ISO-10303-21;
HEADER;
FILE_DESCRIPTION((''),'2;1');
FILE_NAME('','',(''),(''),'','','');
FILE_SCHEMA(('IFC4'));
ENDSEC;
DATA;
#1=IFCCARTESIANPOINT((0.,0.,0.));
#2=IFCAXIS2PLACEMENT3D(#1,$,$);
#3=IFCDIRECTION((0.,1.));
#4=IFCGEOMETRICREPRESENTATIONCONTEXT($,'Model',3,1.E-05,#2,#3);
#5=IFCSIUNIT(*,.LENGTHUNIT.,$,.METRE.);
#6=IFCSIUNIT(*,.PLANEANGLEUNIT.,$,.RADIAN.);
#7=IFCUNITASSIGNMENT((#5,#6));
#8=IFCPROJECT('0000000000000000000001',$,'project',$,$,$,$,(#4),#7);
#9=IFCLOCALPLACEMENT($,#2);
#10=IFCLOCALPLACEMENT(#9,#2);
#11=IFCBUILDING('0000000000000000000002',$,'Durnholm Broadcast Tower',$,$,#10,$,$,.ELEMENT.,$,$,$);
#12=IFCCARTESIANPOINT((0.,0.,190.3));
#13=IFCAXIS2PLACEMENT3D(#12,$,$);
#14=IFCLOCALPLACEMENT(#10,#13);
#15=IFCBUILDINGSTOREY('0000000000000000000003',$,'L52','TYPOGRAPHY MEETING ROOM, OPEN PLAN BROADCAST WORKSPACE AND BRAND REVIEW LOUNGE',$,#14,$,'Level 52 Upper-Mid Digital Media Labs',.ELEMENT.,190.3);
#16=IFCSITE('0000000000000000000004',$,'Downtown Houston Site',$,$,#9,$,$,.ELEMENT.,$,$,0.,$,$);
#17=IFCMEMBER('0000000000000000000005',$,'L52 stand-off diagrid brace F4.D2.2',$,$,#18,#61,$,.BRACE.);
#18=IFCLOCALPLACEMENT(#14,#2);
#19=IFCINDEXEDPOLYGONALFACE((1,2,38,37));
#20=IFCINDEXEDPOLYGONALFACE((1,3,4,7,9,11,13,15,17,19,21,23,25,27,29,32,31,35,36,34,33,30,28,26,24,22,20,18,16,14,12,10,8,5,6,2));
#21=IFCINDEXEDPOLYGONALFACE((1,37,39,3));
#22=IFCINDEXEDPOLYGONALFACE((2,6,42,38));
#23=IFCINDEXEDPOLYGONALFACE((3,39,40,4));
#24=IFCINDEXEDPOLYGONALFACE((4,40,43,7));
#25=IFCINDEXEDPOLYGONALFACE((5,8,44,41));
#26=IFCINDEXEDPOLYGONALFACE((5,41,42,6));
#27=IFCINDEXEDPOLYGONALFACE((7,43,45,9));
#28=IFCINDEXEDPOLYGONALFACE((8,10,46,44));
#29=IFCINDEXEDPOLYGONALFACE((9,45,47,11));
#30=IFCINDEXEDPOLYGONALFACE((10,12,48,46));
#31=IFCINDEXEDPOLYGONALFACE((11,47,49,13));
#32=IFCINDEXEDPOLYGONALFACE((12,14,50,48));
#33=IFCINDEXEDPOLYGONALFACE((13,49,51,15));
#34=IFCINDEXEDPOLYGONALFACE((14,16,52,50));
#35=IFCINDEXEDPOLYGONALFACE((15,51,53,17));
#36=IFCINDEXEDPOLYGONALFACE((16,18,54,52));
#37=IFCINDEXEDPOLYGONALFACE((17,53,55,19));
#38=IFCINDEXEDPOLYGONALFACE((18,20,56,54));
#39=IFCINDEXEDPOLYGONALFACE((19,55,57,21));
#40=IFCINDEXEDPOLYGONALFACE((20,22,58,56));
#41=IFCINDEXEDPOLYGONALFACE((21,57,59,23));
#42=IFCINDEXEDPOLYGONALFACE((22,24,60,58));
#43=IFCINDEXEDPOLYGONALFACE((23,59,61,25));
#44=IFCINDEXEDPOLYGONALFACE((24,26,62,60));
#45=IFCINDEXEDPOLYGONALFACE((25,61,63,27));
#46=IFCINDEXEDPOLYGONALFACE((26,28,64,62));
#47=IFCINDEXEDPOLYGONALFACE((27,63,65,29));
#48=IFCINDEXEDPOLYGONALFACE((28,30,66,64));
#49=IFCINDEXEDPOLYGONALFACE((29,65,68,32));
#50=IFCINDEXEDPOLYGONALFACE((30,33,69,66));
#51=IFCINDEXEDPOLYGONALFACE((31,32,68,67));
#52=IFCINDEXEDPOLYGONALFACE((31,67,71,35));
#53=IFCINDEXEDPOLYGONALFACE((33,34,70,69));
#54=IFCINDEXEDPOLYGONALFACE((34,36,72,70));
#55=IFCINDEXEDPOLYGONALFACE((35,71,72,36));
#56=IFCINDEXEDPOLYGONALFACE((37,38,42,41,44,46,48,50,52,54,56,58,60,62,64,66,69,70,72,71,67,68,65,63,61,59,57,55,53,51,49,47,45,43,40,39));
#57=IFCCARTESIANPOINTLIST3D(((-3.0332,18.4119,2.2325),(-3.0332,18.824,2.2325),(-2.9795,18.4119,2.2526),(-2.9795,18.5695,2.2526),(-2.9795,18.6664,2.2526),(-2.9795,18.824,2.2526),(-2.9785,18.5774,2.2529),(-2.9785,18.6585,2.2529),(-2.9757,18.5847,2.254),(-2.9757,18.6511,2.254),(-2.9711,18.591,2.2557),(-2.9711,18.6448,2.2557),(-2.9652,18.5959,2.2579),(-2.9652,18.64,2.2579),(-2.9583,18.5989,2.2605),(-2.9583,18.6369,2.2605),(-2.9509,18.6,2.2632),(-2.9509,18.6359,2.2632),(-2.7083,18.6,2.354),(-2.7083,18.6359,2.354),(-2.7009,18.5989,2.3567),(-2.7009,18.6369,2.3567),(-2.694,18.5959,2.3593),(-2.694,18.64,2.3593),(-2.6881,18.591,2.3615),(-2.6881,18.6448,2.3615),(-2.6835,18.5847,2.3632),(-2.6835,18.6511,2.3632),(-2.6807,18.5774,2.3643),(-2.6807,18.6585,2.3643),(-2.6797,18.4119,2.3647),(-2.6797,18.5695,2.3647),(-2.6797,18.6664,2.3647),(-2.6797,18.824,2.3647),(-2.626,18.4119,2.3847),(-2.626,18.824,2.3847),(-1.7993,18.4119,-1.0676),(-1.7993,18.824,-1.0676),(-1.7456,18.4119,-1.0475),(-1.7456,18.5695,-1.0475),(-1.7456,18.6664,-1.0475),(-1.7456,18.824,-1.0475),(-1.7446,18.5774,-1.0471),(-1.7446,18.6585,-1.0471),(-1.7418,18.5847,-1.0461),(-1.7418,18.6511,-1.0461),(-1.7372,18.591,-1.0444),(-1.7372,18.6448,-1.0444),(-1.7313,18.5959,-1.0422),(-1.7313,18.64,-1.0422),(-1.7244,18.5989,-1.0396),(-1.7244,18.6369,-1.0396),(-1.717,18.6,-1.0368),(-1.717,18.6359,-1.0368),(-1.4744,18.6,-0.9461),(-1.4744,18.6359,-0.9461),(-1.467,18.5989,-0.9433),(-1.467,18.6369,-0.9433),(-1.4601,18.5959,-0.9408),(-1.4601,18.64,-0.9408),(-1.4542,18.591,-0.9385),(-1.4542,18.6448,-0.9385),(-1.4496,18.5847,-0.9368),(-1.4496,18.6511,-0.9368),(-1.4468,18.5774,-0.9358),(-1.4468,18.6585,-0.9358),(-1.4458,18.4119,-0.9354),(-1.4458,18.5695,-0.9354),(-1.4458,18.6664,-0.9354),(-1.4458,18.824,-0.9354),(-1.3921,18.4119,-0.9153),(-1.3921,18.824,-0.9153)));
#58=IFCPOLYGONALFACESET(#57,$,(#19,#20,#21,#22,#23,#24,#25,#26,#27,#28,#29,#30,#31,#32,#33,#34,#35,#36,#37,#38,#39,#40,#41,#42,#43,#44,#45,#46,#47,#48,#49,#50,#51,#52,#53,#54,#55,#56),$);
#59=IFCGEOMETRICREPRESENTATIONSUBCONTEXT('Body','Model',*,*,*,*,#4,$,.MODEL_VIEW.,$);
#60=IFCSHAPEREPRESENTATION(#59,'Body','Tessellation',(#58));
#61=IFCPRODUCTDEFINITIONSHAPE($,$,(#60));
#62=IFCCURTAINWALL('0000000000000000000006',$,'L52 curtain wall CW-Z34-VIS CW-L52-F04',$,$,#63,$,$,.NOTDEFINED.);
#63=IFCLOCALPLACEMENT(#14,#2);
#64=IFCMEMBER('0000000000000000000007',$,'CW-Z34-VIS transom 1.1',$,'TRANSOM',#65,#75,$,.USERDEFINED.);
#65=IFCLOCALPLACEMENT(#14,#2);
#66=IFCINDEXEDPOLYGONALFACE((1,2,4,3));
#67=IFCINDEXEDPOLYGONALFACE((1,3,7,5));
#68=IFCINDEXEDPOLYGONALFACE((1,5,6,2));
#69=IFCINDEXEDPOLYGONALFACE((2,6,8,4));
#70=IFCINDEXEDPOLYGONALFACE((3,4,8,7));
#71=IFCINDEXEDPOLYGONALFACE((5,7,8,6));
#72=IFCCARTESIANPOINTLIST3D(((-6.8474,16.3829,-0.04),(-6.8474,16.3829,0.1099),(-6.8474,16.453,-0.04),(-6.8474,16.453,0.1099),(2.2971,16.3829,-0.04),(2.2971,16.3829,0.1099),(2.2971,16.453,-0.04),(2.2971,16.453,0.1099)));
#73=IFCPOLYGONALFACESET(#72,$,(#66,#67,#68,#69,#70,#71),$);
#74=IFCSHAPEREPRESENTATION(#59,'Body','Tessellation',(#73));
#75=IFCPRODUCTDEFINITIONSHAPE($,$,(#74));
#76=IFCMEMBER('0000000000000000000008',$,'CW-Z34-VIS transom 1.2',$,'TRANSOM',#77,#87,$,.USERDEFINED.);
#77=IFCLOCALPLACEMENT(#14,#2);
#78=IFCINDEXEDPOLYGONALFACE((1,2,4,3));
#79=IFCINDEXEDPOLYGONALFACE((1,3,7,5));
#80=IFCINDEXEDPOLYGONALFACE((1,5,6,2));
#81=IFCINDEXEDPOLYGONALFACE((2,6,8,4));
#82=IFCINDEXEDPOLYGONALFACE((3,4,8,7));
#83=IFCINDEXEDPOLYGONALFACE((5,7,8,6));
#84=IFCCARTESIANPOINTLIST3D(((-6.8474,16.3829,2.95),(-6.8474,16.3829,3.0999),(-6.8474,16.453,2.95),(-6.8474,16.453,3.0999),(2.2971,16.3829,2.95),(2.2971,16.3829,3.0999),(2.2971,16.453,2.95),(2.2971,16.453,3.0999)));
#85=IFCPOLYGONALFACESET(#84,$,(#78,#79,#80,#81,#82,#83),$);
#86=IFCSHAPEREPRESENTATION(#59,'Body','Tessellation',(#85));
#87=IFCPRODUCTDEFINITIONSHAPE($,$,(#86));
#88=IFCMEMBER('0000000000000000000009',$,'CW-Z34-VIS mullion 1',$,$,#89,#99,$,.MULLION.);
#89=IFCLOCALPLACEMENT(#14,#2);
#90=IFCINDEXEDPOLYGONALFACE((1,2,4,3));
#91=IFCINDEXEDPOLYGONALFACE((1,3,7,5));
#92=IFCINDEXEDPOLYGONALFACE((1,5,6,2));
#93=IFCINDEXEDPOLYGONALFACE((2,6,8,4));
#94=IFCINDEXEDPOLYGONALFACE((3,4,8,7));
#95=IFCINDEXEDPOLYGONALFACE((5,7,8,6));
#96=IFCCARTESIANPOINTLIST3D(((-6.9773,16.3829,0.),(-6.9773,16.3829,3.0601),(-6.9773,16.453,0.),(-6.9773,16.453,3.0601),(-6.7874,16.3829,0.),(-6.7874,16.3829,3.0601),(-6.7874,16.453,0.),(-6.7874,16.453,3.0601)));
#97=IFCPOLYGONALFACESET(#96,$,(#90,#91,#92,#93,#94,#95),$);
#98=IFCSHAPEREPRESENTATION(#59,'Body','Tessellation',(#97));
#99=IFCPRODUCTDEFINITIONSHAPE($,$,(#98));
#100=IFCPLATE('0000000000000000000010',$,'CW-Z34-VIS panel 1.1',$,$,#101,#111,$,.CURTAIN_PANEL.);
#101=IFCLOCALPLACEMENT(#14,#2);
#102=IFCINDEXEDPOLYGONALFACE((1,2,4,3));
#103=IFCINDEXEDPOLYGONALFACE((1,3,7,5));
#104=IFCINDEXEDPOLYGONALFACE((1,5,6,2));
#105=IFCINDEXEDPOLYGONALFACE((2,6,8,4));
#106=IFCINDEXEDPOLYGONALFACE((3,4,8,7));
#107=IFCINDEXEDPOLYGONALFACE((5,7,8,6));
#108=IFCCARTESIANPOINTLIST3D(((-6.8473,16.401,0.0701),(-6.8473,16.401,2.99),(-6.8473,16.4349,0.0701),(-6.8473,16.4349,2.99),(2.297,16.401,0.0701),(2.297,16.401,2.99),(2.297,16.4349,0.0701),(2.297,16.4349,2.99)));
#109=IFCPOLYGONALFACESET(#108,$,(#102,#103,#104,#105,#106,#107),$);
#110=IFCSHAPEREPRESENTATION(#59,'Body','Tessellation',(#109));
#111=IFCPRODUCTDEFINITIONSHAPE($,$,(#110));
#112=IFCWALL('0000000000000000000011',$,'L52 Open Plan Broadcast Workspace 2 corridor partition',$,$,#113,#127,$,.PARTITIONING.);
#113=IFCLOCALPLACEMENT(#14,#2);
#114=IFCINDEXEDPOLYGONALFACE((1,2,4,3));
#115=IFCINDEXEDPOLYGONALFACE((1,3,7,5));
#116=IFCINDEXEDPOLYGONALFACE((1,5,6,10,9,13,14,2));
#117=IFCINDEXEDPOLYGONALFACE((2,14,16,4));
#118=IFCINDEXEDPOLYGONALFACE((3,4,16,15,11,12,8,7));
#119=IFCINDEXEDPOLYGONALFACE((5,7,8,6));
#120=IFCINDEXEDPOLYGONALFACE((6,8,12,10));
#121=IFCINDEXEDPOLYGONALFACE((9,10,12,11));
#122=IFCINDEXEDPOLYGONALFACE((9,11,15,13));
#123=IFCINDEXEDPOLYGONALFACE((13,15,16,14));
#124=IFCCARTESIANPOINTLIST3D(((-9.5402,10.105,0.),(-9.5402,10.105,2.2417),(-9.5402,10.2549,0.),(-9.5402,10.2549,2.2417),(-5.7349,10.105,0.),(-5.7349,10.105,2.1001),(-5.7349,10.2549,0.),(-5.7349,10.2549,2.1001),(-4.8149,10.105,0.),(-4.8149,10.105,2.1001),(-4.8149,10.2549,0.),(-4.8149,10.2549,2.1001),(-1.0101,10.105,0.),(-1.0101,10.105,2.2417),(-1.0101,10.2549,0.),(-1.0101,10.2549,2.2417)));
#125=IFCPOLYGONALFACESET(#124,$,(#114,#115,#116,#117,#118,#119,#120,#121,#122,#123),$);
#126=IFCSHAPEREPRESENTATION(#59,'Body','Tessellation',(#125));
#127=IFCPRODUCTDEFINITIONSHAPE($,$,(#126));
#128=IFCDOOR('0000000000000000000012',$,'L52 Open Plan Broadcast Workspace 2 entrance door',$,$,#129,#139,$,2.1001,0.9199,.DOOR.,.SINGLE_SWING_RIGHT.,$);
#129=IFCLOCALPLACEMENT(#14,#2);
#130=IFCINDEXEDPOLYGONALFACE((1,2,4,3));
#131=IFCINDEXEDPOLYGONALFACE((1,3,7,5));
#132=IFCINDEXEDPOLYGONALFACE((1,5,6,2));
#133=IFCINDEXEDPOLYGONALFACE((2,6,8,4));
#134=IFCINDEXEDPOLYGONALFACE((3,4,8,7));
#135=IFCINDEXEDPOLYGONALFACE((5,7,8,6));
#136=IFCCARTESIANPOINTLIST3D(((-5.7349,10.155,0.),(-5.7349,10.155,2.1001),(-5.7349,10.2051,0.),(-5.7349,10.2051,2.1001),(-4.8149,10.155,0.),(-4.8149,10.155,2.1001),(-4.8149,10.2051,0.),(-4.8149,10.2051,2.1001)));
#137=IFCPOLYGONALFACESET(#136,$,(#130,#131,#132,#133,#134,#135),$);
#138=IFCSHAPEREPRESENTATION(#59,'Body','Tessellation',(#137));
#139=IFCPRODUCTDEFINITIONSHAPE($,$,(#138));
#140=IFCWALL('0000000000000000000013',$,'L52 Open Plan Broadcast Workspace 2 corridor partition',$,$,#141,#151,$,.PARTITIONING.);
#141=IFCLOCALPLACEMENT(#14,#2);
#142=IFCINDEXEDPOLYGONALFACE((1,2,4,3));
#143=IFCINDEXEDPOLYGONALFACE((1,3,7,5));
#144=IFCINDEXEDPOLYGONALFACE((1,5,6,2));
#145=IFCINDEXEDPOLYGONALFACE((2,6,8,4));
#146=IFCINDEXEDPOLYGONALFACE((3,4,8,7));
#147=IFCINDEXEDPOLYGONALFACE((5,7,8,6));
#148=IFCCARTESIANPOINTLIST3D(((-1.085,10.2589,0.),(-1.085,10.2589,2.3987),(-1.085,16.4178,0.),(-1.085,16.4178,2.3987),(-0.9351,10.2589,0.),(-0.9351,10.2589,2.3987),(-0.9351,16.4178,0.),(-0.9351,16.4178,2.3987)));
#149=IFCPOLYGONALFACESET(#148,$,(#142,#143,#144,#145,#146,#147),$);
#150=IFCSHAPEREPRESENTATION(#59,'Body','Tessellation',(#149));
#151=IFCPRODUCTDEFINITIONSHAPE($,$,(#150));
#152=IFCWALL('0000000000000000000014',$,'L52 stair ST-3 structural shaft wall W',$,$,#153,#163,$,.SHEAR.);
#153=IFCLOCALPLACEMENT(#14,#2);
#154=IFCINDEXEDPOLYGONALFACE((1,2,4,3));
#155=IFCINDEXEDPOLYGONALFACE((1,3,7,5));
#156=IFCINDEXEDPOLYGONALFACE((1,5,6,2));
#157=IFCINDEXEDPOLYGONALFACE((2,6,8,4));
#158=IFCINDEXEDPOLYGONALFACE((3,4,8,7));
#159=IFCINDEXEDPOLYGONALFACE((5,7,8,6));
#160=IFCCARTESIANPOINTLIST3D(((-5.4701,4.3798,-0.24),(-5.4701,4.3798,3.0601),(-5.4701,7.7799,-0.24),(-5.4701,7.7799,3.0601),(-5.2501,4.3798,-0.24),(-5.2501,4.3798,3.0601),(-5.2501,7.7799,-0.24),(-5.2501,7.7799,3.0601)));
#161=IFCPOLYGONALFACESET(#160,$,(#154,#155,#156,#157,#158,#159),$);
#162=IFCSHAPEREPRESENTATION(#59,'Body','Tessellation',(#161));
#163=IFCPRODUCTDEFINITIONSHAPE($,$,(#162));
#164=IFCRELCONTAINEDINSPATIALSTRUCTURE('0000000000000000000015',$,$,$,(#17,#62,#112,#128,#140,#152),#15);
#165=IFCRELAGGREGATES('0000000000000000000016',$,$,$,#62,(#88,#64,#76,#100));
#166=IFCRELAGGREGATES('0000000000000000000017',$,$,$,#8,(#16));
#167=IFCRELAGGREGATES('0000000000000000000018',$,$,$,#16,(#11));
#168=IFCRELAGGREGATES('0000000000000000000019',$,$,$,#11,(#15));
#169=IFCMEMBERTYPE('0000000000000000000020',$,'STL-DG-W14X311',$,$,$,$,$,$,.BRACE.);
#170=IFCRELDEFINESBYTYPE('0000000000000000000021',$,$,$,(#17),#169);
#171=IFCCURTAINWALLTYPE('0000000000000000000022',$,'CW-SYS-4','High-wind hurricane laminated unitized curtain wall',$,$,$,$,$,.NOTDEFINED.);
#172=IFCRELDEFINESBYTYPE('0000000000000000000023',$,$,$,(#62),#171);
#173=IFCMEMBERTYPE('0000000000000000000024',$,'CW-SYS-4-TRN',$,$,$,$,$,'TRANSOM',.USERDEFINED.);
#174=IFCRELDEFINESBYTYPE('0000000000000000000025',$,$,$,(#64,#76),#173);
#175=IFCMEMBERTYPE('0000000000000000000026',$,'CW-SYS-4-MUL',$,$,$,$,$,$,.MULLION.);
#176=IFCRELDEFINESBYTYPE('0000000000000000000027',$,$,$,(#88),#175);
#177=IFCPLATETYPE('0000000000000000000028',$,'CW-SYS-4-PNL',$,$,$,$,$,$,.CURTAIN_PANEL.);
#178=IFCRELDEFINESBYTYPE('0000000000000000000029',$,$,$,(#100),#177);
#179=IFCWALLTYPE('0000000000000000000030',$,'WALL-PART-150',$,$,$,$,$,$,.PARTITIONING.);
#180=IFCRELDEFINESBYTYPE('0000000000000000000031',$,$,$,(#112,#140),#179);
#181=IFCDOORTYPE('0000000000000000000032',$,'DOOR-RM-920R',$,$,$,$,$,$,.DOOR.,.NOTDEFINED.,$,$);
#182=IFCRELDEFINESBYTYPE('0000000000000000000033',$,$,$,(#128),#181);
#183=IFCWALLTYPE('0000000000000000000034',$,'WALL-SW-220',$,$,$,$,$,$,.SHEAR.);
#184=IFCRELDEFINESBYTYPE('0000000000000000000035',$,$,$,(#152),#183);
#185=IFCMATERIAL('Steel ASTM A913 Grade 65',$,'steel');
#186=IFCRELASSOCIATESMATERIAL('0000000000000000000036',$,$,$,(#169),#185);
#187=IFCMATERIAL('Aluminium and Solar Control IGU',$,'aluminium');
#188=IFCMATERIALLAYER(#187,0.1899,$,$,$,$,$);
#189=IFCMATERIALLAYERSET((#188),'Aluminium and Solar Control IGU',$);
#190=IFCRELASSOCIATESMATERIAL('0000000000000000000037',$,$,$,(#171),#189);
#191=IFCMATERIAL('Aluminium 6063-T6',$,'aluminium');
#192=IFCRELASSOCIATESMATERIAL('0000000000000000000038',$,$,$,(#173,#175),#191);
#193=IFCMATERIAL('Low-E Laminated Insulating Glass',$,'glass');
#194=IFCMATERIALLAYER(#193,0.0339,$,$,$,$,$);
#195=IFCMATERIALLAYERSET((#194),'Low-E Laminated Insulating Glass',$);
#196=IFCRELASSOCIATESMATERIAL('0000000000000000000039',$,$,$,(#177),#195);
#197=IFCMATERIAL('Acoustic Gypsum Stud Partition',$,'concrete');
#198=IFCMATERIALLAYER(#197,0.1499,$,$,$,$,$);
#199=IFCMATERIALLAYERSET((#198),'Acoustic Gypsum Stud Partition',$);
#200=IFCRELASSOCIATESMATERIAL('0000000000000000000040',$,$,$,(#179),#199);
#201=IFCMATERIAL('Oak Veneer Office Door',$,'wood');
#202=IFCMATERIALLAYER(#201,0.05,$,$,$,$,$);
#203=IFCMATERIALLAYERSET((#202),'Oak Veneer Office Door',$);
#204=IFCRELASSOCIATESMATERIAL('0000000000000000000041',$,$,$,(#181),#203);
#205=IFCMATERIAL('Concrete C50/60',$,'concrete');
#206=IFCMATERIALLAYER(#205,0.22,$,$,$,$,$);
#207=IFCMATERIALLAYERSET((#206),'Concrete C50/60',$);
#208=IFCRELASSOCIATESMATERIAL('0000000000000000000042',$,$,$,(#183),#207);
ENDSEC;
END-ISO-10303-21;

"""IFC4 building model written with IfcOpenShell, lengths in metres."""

from ifc_helpers import new_model, si_unit, direction, frame, frame_2d, origin, origin_2d, place, context, subcontext, project, spatial, rectangle, i_section, extrude, source, transform, mapped, material, layer, layer_set, material_profile, profile_set, type_object, type_shapes, element, fill, aggregate, save


model = new_model("IFC4")

# Units and contexts
model_context = context("Model", 3, precision=1e-05, world=origin(), true_north=direction((0.0, 1.0)))
body_context = subcontext(model_context, "Body", "Model", "MODEL_VIEW")
ifc_project = project(units=[si_unit("LENGTHUNIT", "METRE"), si_unit("PLANEANGLEUNIT", "RADIAN")], contexts=[model_context])

# Site, building, storey
site_placement = place(None, origin())
site = spatial("IfcSite", under=ifc_project, at=site_placement, Name="Downtown Houston Site", CompositionType="ELEMENT", RefElevation=0.0)
building_placement = place(site_placement, origin())
building = spatial("IfcBuilding", under=site, at=building_placement, Name="Durnholm Broadcast Tower", CompositionType="ELEMENT")
storey_placement = place(building_placement, frame((0.0, 0.0, 190.3)))
storey = spatial("IfcBuildingStorey", under=building, at=storey_placement, Name="L52", Description="TYPOGRAPHY MEETING ROOM, OPEN PLAN BROADCAST WORKSPACE AND BRAND REVIEW LOUNGE", LongName="Level 52 Upper-Mid Digital Media Labs", CompositionType="ELEMENT", Elevation=190.3)

# Member
ifc_material_1 = material(Name="Steel ASTM A913 Grade 65", Category="steel")
ifc_material_profile_1 = material_profile(ifc_material_1, i_section(OverallWidth=0.4121, OverallDepth=0.4348, WebThickness=0.0359, FlangeThickness=0.0574, FilletRadius=0.0305, at=origin_2d()), Name="W14X311")
ifc_profile_set_1 = profile_set([ifc_material_profile_1], Name="Steel ASTM A913 Grade 65")
member_type_1 = type_object("IfcMemberType", Name="STL-DG-W14X311", PredefinedType="BRACE", material=ifc_profile_set_1)
shared_shape_1 = source(origin(), body_context, "Body", "SweptSolid", [
    extrude(i_section(OverallWidth=0.4121, OverallDepth=0.4348, WebThickness=0.0359, FlangeThickness=0.0574, FilletRadius=0.0305, at=origin_2d()), origin(), (0.0, 0.0, 1.0), 3.5232),
])
type_shapes(member_type_1, [shared_shape_1])
for number, where, z_axis, x_axis, name in (
    (1, (-1.5957, 18.6179, -0.9915), (-0.35022, 0.0, 0.936668), (0.0, -1.0, 0.0), "L52 stand-off diagrid brace F4.D2.2"),
):
    element("IfcMember", number, at=place(storey_placement, frame(where, z_axis=z_axis, x_axis=x_axis)), inside=storey, type_object=member_type_1, Name=name, PredefinedType="BRACE", context=body_context, shape_type="MappedRepresentation", body=[
        mapped(shared_shape_1, transform((0.0, 0.0, 0.0), x_axis=(1.0, 0.0, 0.0), y_axis=(0.0, 1.0, 0.0), z_axis=(0.0, 0.0, 1.0), scale=1.0)),
    ])

# Curtain wall, members, plate
ifc_material_2 = material(Name="Aluminium and Solar Control IGU", Category="aluminium")
ifc_layer_1 = layer(ifc_material_2, 0.1899)
ifc_layer_set_1 = layer_set([ifc_layer_1], Name="Aluminium and Solar Control IGU")
curtain_wall_type = type_object("IfcCurtainWallType", Name="CW-SYS-4", Description="High-wind hurricane laminated unitized curtain wall", PredefinedType="NOTDEFINED", material=ifc_layer_set_1)
curtain_wall_placement = place(storey_placement, origin())
curtain_wall = element("IfcCurtainWall", 2, at=curtain_wall_placement, inside=storey, type_object=curtain_wall_type, Name="L52 curtain wall CW-Z34-VIS CW-L52-F04", PredefinedType="NOTDEFINED")
ifc_material_3 = material(Name="Aluminium 6063-T6", Category="aluminium")
ifc_material_profile_2 = material_profile(ifc_material_3, rectangle(XDim=0.0701, YDim=0.1499, at=origin_2d()), Name="CWT70X150")
ifc_profile_set_2 = profile_set([ifc_material_profile_2], Name="Aluminium 6063-T6")
member_type_2 = type_object("IfcMemberType", Name="CW-SYS-4-TRN", ElementType="TRANSOM", PredefinedType="USERDEFINED", material=ifc_profile_set_2)
shared_shape_2 = source(origin(), body_context, "Body", "SweptSolid", [
    extrude(rectangle(XDim=0.0701, YDim=0.1499, at=origin_2d()), origin(), (0.0, 0.0, 1.0), 9.1445),
])
type_shapes(member_type_2, [shared_shape_2])
member_1_placement = place(storey_placement, frame((-6.8474, 16.418, 0.0349), z_axis=(1.0, 0.0, 0.0), x_axis=(0.0, 1.0, 0.0)))
member_1 = element("IfcMember", 3, at=member_1_placement, type_object=member_type_2, Name="CW-Z34-VIS transom 1.1", ObjectType="TRANSOM", PredefinedType="USERDEFINED", context=body_context, shape_type="MappedRepresentation", body=[
    mapped(shared_shape_2, transform((0.0, 0.0, 0.0), x_axis=(1.0, 0.0, 0.0), y_axis=(0.0, 1.0, 0.0), z_axis=(0.0, 0.0, 1.0), scale=1.0)),
])
member_2_placement = place(storey_placement, frame((-6.8474, 16.418, 3.0249), z_axis=(1.0, 0.0, 0.0), x_axis=(0.0, 1.0, 0.0)))
member_2 = element("IfcMember", 4, at=member_2_placement, type_object=member_type_2, Name="CW-Z34-VIS transom 1.2", ObjectType="TRANSOM", PredefinedType="USERDEFINED", context=body_context, shape_type="MappedRepresentation", body=[
    mapped(shared_shape_2, transform((0.0, 0.0, 0.0), x_axis=(1.0, 0.0, 0.0), y_axis=(0.0, 1.0, 0.0), z_axis=(0.0, 0.0, 1.0), scale=1.0)),
])
ifc_material_profile_3 = material_profile(ifc_material_3, rectangle(XDim=0.0701, YDim=0.1899, at=origin_2d()), Name="CWM70X190")
ifc_profile_set_3 = profile_set([ifc_material_profile_3], Name="Aluminium 6063-T6")
member_type_3 = type_object("IfcMemberType", Name="CW-SYS-4-MUL", PredefinedType="MULLION", material=ifc_profile_set_3)
shared_shape_3 = source(origin(), body_context, "Body", "SweptSolid", [
    extrude(rectangle(XDim=0.0701, YDim=0.1899, at=origin_2d()), origin(), (0.0, 0.0, 1.0), 3.0601),
])
type_shapes(member_type_3, [shared_shape_3])
member_3_placement = place(storey_placement, frame((-6.8823, 16.418, 0.0), z_axis=(0.0, 0.0, 1.0), x_axis=(0.0, 1.0, 0.0)))
member_3 = element("IfcMember", 5, at=member_3_placement, type_object=member_type_3, Name="CW-Z34-VIS mullion 1", PredefinedType="MULLION", context=body_context, shape_type="MappedRepresentation", body=[
    mapped(shared_shape_3, transform((0.0, 0.0, 0.0), x_axis=(1.0, 0.0, 0.0), y_axis=(0.0, 1.0, 0.0), z_axis=(0.0, 0.0, 1.0), scale=1.0)),
])
ifc_material_4 = material(Name="Low-E Laminated Insulating Glass", Category="glass")
ifc_layer_2 = layer(ifc_material_4, 0.0339)
ifc_layer_set_2 = layer_set([ifc_layer_2], Name="Low-E Laminated Insulating Glass")
plate_type = type_object("IfcPlateType", Name="CW-SYS-4-PNL", PredefinedType="CURTAIN_PANEL", material=ifc_layer_set_2)
shared_shape_4 = source(origin(), body_context, "Body", "SweptSolid", [
    extrude(rectangle(XDim=9.1443, YDim=0.0339, at=origin_2d()), origin(), (0.0, 0.0, 1.0), 2.9199),
])
type_shapes(plate_type, [shared_shape_4])
plate_placement = place(storey_placement, frame((-2.2751, 16.418, 0.0701), z_axis=(0.0, 0.0, 1.0), x_axis=(1.0, 0.0, 0.0)))
plate = element("IfcPlate", 6, at=plate_placement, type_object=plate_type, Name="CW-Z34-VIS panel 1.1", PredefinedType="CURTAIN_PANEL", context=body_context, shape_type="MappedRepresentation", body=[
    mapped(shared_shape_4, transform((0.0, 0.0, 0.0), x_axis=(1.0, 0.0, 0.0), y_axis=(0.0, 1.0, 0.0), z_axis=(0.0, 0.0, 1.0), scale=1.0)),
])
aggregate(curtain_wall, [member_3, member_1, member_2, plate])

# Wall, opening, door
ifc_material_5 = material(Name="Acoustic Gypsum Stud Partition", Category="concrete")
ifc_layer_3 = layer(ifc_material_5, 0.1499)
ifc_layer_set_3 = layer_set([ifc_layer_3], Name="Acoustic Gypsum Stud Partition")
wall_type_1 = type_object("IfcWallType", Name="WALL-PART-150", PredefinedType="PARTITIONING", material=ifc_layer_set_3)
wall_1_placement = place(storey_placement, frame((-1.01, 10.1799, 0.0), z_axis=(0.0, 0.0, 1.0), x_axis=(-1.0, 0.0, 0.0)))
wall_1 = element("IfcWall", 7, at=wall_1_placement, inside=storey, type_object=wall_type_1, Name="L52 Open Plan Broadcast Workspace 2 corridor partition", PredefinedType="PARTITIONING", context=body_context, shape_type="SweptSolid", body=[
    extrude(rectangle(XDim=8.53, YDim=0.1499, at=frame_2d((4.2651, 0.0))), origin(), (0.0, 0.0, 1.0), 2.2417),
])
opening_placement = place(wall_1_placement, frame((3.8049, 0.0, 0.0)))
opening = element("IfcOpeningElement", 8, at=opening_placement, cuts=wall_1, PredefinedType="OPENING", context=body_context, shape_type="SweptSolid", body=[
    extrude(rectangle(XDim=0.9199, YDim=2.1001, at=frame_2d((0.46, 1.05))), frame((0.0, 0.085, 0.0), z_axis=(0.0, -1.0, 0.0), x_axis=(1.0, 0.0, 0.0)), (0.0, 0.0, 1.0), 0.1699),
])
ifc_material_6 = material(Name="Oak Veneer Office Door", Category="wood")
ifc_layer_4 = layer(ifc_material_6, 0.05)
ifc_layer_set_4 = layer_set([ifc_layer_4], Name="Oak Veneer Office Door")
door_type = type_object("IfcDoorType", Name="DOOR-RM-920R", OperationType="NOTDEFINED", PredefinedType="DOOR", material=ifc_layer_set_4)
shared_shape_5 = source(origin(), body_context, "Body", "SweptSolid", [
    extrude(rectangle(XDim=0.9199, YDim=2.1001, at=frame_2d((0.46, 1.05))), frame((0.0, 0.0249, 0.0), z_axis=(0.0, -1.0, 0.0), x_axis=(1.0, 0.0, 0.0)), (0.0, 0.0, 1.0), 0.05),
])
type_shapes(door_type, [shared_shape_5])
door_placement = place(opening_placement, origin())
door = element("IfcDoor", 9, at=door_placement, inside=storey, type_object=door_type, Name="L52 Open Plan Broadcast Workspace 2 entrance door", OperationType="SINGLE_SWING_RIGHT", OverallHeight=2.1001, OverallWidth=0.9199, PredefinedType="DOOR", context=body_context, shape_type="MappedRepresentation", body=[
    mapped(shared_shape_5, transform((0.0, 0.0, 0.0), x_axis=(1.0, 0.0, 0.0), y_axis=(0.0, 1.0, 0.0), z_axis=(0.0, 0.0, 1.0), scale=1.0)),
])
fill(opening, door)

# Walls
wall_2_placement = place(storey_placement, frame((-1.01, 16.418, 0.0), z_axis=(0.0, 0.0, 1.0), x_axis=(0.0, -1.0, 0.0)))
element("IfcWall", 10, at=wall_2_placement, inside=storey, type_object=wall_type_1, Name="L52 Open Plan Broadcast Workspace 2 corridor partition", PredefinedType="PARTITIONING", context=body_context, shape_type="SweptSolid", body=[
    extrude(rectangle(XDim=6.1589, YDim=0.1499, at=frame_2d((3.0796, 0.0))), origin(), (0.0, 0.0, 1.0), 2.3987),
])
ifc_material_7 = material(Name="Concrete C50/60", Category="concrete")
ifc_layer_5 = layer(ifc_material_7, 0.22)
ifc_layer_set_5 = layer_set([ifc_layer_5], Name="Concrete C50/60")
wall_type_2 = type_object("IfcWallType", Name="WALL-SW-220", PredefinedType="SHEAR", material=ifc_layer_set_5)
wall_3_placement = place(storey_placement, frame((-5.3601, 7.78, -0.24), z_axis=(0.0, 0.0, 1.0), x_axis=(0.0, -1.0, 0.0)))
element("IfcWall", 11, at=wall_3_placement, inside=storey, type_object=wall_type_2, Name="L52 stair ST-3 structural shaft wall W", PredefinedType="SHEAR", context=body_context, shape_type="SweptSolid", body=[
    extrude(rectangle(XDim=3.4001, YDim=0.22, at=frame_2d((1.7002, 0.0))), origin(), (0.0, 0.0, 1.0), 3.3),
])

save(model, "model.ifc")
